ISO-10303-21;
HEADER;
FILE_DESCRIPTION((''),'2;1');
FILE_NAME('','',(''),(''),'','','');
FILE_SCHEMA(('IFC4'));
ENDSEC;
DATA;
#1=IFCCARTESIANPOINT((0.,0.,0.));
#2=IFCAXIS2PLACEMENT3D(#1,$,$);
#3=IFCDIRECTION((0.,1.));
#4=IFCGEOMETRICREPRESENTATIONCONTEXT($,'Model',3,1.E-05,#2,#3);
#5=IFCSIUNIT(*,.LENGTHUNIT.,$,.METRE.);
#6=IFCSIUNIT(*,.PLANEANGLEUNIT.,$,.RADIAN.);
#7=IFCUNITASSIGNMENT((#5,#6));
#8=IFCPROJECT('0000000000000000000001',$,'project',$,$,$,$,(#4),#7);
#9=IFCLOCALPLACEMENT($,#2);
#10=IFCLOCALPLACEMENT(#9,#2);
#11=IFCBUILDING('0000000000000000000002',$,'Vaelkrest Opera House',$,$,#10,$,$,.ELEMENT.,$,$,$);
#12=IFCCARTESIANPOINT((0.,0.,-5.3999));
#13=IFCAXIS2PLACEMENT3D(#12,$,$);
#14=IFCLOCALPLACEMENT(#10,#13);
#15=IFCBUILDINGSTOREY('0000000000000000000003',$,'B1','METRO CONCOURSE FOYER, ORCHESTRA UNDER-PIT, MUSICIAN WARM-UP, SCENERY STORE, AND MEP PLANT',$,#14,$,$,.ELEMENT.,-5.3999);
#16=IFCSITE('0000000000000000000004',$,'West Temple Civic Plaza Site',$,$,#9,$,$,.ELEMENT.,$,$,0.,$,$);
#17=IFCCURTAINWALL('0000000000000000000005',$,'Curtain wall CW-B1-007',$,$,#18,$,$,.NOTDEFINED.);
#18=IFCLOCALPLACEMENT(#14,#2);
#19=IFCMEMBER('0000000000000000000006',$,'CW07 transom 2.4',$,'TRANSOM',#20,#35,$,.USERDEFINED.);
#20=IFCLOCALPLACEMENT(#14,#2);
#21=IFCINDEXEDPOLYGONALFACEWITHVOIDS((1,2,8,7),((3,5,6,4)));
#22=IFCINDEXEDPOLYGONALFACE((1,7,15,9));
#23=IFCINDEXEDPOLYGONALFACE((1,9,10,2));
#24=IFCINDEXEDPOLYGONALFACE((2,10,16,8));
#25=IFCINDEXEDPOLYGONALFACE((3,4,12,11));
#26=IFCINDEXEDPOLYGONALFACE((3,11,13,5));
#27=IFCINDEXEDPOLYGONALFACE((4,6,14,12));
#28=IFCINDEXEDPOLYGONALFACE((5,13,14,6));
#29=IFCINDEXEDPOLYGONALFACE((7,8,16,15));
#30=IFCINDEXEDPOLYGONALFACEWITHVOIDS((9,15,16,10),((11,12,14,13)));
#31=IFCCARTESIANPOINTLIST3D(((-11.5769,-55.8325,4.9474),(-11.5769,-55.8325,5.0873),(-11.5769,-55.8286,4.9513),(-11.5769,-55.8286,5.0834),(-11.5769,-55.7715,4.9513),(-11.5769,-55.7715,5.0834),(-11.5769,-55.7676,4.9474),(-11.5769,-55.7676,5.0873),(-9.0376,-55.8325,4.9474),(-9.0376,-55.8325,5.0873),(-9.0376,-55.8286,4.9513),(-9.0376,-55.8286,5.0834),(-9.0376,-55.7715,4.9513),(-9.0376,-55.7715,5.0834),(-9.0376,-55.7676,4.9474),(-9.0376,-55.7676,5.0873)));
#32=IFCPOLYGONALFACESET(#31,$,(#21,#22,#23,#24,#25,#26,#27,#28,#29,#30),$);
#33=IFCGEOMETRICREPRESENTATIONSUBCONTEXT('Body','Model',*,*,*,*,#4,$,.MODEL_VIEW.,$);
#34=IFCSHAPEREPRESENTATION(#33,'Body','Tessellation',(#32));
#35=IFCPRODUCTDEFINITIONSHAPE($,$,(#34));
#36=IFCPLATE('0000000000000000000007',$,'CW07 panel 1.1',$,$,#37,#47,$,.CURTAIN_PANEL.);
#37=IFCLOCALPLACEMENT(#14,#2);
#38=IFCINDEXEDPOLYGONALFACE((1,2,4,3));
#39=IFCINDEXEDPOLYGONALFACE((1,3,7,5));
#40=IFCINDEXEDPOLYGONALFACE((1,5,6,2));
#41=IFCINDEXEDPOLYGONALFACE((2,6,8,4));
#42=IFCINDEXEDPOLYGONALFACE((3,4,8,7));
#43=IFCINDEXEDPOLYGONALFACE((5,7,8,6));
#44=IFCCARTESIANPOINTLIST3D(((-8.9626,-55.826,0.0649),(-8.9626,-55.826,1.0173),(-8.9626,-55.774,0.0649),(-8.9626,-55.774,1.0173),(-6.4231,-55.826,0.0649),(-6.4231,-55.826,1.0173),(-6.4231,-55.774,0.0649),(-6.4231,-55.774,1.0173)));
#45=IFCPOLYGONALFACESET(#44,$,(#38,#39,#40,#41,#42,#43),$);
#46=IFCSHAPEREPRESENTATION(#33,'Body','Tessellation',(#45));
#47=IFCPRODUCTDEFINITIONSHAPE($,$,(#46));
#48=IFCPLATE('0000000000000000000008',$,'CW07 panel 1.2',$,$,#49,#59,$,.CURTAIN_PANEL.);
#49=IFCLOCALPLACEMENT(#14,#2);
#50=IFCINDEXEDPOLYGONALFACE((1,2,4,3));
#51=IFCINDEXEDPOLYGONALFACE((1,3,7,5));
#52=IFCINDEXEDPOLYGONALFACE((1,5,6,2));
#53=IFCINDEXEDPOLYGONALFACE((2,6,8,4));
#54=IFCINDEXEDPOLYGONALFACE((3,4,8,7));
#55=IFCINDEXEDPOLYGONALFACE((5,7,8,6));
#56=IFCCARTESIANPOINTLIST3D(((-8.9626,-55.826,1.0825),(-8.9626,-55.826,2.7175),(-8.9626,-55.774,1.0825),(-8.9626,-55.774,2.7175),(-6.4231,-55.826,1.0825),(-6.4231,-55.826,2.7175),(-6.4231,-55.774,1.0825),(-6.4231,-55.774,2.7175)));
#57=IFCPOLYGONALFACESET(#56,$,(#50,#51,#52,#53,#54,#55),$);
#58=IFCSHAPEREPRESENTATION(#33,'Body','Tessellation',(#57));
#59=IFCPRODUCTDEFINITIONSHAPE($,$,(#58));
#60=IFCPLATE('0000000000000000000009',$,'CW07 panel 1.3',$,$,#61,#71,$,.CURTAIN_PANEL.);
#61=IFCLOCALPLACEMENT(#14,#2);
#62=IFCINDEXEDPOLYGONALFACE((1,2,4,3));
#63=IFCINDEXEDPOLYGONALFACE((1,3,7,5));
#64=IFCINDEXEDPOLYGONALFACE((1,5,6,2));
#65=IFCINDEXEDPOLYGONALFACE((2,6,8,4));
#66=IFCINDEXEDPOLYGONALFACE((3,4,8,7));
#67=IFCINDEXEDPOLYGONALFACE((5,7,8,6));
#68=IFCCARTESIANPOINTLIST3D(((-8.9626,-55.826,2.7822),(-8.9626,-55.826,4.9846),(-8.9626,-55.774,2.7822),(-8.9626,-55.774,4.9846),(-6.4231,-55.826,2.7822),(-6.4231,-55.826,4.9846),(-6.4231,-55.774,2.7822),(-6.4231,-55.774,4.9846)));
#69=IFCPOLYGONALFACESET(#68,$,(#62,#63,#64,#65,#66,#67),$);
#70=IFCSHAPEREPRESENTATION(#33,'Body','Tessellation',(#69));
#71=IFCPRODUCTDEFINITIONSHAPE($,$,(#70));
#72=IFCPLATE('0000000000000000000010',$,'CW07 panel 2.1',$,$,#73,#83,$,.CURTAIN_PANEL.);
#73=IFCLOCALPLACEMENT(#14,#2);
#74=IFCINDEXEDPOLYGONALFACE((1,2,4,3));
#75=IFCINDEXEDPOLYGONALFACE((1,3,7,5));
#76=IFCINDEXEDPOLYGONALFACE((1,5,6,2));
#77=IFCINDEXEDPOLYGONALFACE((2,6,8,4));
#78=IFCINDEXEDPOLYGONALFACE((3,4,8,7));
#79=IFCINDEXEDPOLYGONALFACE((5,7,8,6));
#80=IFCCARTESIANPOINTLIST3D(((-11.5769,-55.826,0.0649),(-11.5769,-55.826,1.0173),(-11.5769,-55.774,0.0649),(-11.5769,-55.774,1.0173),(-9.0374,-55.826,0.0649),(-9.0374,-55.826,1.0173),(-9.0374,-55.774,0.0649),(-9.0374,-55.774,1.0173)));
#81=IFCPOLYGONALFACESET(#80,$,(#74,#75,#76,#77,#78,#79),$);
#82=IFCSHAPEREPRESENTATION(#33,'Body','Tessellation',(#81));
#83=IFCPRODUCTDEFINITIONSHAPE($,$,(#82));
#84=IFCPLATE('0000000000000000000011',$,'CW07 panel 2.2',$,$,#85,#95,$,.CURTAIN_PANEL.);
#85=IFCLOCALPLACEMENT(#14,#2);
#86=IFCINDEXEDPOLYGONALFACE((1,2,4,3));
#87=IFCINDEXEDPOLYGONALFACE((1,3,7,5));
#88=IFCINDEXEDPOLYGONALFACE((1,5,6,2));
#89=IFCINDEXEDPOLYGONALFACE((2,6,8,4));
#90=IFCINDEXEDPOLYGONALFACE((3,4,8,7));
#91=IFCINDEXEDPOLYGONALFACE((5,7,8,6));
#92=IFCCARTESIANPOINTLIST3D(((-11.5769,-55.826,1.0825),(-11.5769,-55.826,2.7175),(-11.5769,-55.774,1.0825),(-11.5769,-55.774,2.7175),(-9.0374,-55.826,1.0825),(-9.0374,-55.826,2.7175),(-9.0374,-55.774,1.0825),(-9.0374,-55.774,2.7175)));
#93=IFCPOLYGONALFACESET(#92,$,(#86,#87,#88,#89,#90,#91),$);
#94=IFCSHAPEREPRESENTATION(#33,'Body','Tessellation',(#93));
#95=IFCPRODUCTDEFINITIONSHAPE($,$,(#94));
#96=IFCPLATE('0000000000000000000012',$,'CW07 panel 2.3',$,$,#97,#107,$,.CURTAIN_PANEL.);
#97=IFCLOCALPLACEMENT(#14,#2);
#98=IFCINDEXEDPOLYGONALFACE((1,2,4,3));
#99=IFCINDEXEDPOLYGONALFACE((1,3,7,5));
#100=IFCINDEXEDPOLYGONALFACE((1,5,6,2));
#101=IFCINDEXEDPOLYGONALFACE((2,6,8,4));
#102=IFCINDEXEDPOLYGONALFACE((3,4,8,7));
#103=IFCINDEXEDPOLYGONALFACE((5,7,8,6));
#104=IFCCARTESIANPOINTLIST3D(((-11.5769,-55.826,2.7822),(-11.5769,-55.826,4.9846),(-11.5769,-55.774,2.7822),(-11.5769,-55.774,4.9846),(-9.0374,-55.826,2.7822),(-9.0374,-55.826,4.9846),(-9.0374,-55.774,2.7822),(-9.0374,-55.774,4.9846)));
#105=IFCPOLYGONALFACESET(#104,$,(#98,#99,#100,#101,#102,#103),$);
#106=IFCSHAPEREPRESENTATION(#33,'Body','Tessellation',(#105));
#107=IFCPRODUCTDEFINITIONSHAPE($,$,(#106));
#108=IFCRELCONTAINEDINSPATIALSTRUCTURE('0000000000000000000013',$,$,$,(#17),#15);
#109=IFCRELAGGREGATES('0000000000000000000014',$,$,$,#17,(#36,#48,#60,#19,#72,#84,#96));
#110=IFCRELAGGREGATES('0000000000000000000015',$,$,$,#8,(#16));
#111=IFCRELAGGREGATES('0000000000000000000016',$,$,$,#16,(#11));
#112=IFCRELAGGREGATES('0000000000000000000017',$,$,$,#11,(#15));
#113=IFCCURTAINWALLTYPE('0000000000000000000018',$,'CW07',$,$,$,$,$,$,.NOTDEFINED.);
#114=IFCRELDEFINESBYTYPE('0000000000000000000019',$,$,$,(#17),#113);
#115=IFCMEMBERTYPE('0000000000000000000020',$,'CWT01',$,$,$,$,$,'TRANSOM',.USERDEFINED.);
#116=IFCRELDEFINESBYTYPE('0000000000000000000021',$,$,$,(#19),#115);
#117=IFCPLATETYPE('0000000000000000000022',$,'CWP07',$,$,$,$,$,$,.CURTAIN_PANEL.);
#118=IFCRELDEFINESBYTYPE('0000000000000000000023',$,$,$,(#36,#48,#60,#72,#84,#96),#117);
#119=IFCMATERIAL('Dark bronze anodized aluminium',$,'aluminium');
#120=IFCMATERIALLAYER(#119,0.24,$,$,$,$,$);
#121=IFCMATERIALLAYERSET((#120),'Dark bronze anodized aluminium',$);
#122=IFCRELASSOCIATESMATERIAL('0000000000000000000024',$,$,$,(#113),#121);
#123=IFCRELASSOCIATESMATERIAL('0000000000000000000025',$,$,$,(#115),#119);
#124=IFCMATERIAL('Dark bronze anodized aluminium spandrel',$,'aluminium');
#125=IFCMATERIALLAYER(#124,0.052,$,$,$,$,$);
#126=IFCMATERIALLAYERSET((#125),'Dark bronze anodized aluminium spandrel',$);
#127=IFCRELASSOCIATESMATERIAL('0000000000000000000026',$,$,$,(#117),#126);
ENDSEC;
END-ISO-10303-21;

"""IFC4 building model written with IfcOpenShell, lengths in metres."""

from ifc_helpers import new_model, si_unit, direction, frame, origin, origin_2d, place, context, subcontext, project, spatial, rectangle, hollow_rectangle, extrude, material, layer, layer_set, material_profile, profile_set, type_object, element, aggregate, save


model = new_model("IFC4")

# Units and contexts
model_context = context("Model", 3, precision=1e-05, world=origin(), true_north=direction((0.0, 1.0)))
body_context = subcontext(model_context, "Body", "Model", "MODEL_VIEW")
ifc_project = project(units=[si_unit("LENGTHUNIT", "METRE"), si_unit("PLANEANGLEUNIT", "RADIAN")], contexts=[model_context])

# Site, building, storey
site_placement = place(None, origin())
site = spatial("IfcSite", under=ifc_project, at=site_placement, Name="West Temple Civic Plaza Site", CompositionType="ELEMENT", RefElevation=0.0)
building_placement = place(site_placement, origin())
building = spatial("IfcBuilding", under=site, at=building_placement, Name="Vaelkrest Opera House", CompositionType="ELEMENT")
storey_placement = place(building_placement, frame((0.0, 0.0, -5.3999)))
storey = spatial("IfcBuildingStorey", under=building, at=storey_placement, Name="B1", Description="METRO CONCOURSE FOYER, ORCHESTRA UNDER-PIT, MUSICIAN WARM-UP, SCENERY STORE, AND MEP PLANT", CompositionType="ELEMENT", Elevation=-5.3999)

# Curtain wall, member, plates
ifc_material_1 = material(Name="Dark bronze anodized aluminium", Category="aluminium")
ifc_layer_1 = layer(ifc_material_1, 0.24)
ifc_layer_set_1 = layer_set([ifc_layer_1], Name="Dark bronze anodized aluminium")
curtain_wall_type = type_object("IfcCurtainWallType", Name="CW07", PredefinedType="NOTDEFINED", material=ifc_layer_set_1)
curtain_wall_placement = place(storey_placement, origin())
curtain_wall = element("IfcCurtainWall", 1, at=curtain_wall_placement, inside=storey, type_object=curtain_wall_type, Name="Curtain wall CW-B1-007", PredefinedType="NOTDEFINED")
ifc_material_profile_1 = material_profile(ifc_material_1, hollow_rectangle(XDim=0.0649, YDim=0.1399, WallThickness=0.0039, at=origin_2d()), Name="CWT65X140")
ifc_profile_set_1 = profile_set([ifc_material_profile_1], Name="Dark bronze anodized aluminium")
member_type_1 = type_object("IfcMemberType", Name="CWT01", ElementType="TRANSOM", PredefinedType="USERDEFINED", material=ifc_profile_set_1)
member_1_placement = place(storey_placement, frame((-9.0376, -55.8, 5.0173), z_axis=(-1.0, 0.0, 0.0), x_axis=(0.0, -1.0, 0.0)))
member_1 = element("IfcMember", 2, at=member_1_placement, type_object=member_type_1, Name="CW07 transom 2.4", ObjectType="TRANSOM", PredefinedType="USERDEFINED", context=body_context, shape_type="SweptSolid", body=[
    extrude(hollow_rectangle(XDim=0.0649, YDim=0.1399, WallThickness=0.0039, at=origin_2d()), origin(), (0.0, 0.0, 1.0), 2.5393),
])
ifc_material_2 = material(Name="Dark bronze anodized aluminium spandrel", Category="aluminium")
ifc_layer_2 = layer(ifc_material_2, 0.052)
ifc_layer_set_2 = layer_set([ifc_layer_2], Name="Dark bronze anodized aluminium spandrel")
plate_type = type_object("IfcPlateType", Name="CWP07", PredefinedType="CURTAIN_PANEL", material=ifc_layer_set_2)
plate_1_placement = place(storey_placement, frame((-7.6929, -55.8, 0.0649), z_axis=(0.0, 0.0, 1.0), x_axis=(-1.0, 0.0, 0.0)))
plate_1 = element("IfcPlate", 3, at=plate_1_placement, type_object=plate_type, Name="CW07 panel 1.1", PredefinedType="CURTAIN_PANEL", context=body_context, shape_type="SweptSolid", body=[
    extrude(rectangle(XDim=2.5396, YDim=0.052, at=origin_2d()), origin(), (0.0, 0.0, 1.0), 0.9524),
])
plate_2_placement = place(storey_placement, frame((-7.6929, -55.8, 1.0825), z_axis=(0.0, 0.0, 1.0), x_axis=(-1.0, 0.0, 0.0)))
plate_2 = element("IfcPlate", 4, at=plate_2_placement, type_object=plate_type, Name="CW07 panel 1.2", PredefinedType="CURTAIN_PANEL", context=body_context, shape_type="SweptSolid", body=[
    extrude(rectangle(XDim=2.5396, YDim=0.052, at=origin_2d()), origin(), (0.0, 0.0, 1.0), 1.635),
])
plate_3_placement = place(storey_placement, frame((-7.6929, -55.8, 2.7822), z_axis=(0.0, 0.0, 1.0), x_axis=(-1.0, 0.0, 0.0)))
plate_3 = element("IfcPlate", 5, at=plate_3_placement, type_object=plate_type, Name="CW07 panel 1.3", PredefinedType="CURTAIN_PANEL", context=body_context, shape_type="SweptSolid", body=[
    extrude(rectangle(XDim=2.5396, YDim=0.052, at=origin_2d()), origin(), (0.0, 0.0, 1.0), 2.2024),
])
plate_4_placement = place(storey_placement, frame((-10.3071, -55.8, 0.0649), z_axis=(0.0, 0.0, 1.0), x_axis=(-1.0, 0.0, 0.0)))
plate_4 = element("IfcPlate", 6, at=plate_4_placement, type_object=plate_type, Name="CW07 panel 2.1", PredefinedType="CURTAIN_PANEL", context=body_context, shape_type="SweptSolid", body=[
    extrude(rectangle(XDim=2.5396, YDim=0.052, at=origin_2d()), origin(), (0.0, 0.0, 1.0), 0.9524),
])
plate_5_placement = place(storey_placement, frame((-10.3071, -55.8, 1.0825), z_axis=(0.0, 0.0, 1.0), x_axis=(-1.0, 0.0, 0.0)))
plate_5 = element("IfcPlate", 7, at=plate_5_placement, type_object=plate_type, Name="CW07 panel 2.2", PredefinedType="CURTAIN_PANEL", context=body_context, shape_type="SweptSolid", body=[
    extrude(rectangle(XDim=2.5396, YDim=0.052, at=origin_2d()), origin(), (0.0, 0.0, 1.0), 1.635),
])
plate_6_placement = place(storey_placement, frame((-10.3071, -55.8, 2.7822), z_axis=(0.0, 0.0, 1.0), x_axis=(-1.0, 0.0, 0.0)))
plate_6 = element("IfcPlate", 8, at=plate_6_placement, type_object=plate_type, Name="CW07 panel 2.3", PredefinedType="CURTAIN_PANEL", context=body_context, shape_type="SweptSolid", body=[
    extrude(rectangle(XDim=2.5396, YDim=0.052, at=origin_2d()), origin(), (0.0, 0.0, 1.0), 2.2024),
])
aggregate(curtain_wall, [plate_1, plate_2, plate_3, member_1, plate_4, plate_5, plate_6])

save(model, "model.ifc")
